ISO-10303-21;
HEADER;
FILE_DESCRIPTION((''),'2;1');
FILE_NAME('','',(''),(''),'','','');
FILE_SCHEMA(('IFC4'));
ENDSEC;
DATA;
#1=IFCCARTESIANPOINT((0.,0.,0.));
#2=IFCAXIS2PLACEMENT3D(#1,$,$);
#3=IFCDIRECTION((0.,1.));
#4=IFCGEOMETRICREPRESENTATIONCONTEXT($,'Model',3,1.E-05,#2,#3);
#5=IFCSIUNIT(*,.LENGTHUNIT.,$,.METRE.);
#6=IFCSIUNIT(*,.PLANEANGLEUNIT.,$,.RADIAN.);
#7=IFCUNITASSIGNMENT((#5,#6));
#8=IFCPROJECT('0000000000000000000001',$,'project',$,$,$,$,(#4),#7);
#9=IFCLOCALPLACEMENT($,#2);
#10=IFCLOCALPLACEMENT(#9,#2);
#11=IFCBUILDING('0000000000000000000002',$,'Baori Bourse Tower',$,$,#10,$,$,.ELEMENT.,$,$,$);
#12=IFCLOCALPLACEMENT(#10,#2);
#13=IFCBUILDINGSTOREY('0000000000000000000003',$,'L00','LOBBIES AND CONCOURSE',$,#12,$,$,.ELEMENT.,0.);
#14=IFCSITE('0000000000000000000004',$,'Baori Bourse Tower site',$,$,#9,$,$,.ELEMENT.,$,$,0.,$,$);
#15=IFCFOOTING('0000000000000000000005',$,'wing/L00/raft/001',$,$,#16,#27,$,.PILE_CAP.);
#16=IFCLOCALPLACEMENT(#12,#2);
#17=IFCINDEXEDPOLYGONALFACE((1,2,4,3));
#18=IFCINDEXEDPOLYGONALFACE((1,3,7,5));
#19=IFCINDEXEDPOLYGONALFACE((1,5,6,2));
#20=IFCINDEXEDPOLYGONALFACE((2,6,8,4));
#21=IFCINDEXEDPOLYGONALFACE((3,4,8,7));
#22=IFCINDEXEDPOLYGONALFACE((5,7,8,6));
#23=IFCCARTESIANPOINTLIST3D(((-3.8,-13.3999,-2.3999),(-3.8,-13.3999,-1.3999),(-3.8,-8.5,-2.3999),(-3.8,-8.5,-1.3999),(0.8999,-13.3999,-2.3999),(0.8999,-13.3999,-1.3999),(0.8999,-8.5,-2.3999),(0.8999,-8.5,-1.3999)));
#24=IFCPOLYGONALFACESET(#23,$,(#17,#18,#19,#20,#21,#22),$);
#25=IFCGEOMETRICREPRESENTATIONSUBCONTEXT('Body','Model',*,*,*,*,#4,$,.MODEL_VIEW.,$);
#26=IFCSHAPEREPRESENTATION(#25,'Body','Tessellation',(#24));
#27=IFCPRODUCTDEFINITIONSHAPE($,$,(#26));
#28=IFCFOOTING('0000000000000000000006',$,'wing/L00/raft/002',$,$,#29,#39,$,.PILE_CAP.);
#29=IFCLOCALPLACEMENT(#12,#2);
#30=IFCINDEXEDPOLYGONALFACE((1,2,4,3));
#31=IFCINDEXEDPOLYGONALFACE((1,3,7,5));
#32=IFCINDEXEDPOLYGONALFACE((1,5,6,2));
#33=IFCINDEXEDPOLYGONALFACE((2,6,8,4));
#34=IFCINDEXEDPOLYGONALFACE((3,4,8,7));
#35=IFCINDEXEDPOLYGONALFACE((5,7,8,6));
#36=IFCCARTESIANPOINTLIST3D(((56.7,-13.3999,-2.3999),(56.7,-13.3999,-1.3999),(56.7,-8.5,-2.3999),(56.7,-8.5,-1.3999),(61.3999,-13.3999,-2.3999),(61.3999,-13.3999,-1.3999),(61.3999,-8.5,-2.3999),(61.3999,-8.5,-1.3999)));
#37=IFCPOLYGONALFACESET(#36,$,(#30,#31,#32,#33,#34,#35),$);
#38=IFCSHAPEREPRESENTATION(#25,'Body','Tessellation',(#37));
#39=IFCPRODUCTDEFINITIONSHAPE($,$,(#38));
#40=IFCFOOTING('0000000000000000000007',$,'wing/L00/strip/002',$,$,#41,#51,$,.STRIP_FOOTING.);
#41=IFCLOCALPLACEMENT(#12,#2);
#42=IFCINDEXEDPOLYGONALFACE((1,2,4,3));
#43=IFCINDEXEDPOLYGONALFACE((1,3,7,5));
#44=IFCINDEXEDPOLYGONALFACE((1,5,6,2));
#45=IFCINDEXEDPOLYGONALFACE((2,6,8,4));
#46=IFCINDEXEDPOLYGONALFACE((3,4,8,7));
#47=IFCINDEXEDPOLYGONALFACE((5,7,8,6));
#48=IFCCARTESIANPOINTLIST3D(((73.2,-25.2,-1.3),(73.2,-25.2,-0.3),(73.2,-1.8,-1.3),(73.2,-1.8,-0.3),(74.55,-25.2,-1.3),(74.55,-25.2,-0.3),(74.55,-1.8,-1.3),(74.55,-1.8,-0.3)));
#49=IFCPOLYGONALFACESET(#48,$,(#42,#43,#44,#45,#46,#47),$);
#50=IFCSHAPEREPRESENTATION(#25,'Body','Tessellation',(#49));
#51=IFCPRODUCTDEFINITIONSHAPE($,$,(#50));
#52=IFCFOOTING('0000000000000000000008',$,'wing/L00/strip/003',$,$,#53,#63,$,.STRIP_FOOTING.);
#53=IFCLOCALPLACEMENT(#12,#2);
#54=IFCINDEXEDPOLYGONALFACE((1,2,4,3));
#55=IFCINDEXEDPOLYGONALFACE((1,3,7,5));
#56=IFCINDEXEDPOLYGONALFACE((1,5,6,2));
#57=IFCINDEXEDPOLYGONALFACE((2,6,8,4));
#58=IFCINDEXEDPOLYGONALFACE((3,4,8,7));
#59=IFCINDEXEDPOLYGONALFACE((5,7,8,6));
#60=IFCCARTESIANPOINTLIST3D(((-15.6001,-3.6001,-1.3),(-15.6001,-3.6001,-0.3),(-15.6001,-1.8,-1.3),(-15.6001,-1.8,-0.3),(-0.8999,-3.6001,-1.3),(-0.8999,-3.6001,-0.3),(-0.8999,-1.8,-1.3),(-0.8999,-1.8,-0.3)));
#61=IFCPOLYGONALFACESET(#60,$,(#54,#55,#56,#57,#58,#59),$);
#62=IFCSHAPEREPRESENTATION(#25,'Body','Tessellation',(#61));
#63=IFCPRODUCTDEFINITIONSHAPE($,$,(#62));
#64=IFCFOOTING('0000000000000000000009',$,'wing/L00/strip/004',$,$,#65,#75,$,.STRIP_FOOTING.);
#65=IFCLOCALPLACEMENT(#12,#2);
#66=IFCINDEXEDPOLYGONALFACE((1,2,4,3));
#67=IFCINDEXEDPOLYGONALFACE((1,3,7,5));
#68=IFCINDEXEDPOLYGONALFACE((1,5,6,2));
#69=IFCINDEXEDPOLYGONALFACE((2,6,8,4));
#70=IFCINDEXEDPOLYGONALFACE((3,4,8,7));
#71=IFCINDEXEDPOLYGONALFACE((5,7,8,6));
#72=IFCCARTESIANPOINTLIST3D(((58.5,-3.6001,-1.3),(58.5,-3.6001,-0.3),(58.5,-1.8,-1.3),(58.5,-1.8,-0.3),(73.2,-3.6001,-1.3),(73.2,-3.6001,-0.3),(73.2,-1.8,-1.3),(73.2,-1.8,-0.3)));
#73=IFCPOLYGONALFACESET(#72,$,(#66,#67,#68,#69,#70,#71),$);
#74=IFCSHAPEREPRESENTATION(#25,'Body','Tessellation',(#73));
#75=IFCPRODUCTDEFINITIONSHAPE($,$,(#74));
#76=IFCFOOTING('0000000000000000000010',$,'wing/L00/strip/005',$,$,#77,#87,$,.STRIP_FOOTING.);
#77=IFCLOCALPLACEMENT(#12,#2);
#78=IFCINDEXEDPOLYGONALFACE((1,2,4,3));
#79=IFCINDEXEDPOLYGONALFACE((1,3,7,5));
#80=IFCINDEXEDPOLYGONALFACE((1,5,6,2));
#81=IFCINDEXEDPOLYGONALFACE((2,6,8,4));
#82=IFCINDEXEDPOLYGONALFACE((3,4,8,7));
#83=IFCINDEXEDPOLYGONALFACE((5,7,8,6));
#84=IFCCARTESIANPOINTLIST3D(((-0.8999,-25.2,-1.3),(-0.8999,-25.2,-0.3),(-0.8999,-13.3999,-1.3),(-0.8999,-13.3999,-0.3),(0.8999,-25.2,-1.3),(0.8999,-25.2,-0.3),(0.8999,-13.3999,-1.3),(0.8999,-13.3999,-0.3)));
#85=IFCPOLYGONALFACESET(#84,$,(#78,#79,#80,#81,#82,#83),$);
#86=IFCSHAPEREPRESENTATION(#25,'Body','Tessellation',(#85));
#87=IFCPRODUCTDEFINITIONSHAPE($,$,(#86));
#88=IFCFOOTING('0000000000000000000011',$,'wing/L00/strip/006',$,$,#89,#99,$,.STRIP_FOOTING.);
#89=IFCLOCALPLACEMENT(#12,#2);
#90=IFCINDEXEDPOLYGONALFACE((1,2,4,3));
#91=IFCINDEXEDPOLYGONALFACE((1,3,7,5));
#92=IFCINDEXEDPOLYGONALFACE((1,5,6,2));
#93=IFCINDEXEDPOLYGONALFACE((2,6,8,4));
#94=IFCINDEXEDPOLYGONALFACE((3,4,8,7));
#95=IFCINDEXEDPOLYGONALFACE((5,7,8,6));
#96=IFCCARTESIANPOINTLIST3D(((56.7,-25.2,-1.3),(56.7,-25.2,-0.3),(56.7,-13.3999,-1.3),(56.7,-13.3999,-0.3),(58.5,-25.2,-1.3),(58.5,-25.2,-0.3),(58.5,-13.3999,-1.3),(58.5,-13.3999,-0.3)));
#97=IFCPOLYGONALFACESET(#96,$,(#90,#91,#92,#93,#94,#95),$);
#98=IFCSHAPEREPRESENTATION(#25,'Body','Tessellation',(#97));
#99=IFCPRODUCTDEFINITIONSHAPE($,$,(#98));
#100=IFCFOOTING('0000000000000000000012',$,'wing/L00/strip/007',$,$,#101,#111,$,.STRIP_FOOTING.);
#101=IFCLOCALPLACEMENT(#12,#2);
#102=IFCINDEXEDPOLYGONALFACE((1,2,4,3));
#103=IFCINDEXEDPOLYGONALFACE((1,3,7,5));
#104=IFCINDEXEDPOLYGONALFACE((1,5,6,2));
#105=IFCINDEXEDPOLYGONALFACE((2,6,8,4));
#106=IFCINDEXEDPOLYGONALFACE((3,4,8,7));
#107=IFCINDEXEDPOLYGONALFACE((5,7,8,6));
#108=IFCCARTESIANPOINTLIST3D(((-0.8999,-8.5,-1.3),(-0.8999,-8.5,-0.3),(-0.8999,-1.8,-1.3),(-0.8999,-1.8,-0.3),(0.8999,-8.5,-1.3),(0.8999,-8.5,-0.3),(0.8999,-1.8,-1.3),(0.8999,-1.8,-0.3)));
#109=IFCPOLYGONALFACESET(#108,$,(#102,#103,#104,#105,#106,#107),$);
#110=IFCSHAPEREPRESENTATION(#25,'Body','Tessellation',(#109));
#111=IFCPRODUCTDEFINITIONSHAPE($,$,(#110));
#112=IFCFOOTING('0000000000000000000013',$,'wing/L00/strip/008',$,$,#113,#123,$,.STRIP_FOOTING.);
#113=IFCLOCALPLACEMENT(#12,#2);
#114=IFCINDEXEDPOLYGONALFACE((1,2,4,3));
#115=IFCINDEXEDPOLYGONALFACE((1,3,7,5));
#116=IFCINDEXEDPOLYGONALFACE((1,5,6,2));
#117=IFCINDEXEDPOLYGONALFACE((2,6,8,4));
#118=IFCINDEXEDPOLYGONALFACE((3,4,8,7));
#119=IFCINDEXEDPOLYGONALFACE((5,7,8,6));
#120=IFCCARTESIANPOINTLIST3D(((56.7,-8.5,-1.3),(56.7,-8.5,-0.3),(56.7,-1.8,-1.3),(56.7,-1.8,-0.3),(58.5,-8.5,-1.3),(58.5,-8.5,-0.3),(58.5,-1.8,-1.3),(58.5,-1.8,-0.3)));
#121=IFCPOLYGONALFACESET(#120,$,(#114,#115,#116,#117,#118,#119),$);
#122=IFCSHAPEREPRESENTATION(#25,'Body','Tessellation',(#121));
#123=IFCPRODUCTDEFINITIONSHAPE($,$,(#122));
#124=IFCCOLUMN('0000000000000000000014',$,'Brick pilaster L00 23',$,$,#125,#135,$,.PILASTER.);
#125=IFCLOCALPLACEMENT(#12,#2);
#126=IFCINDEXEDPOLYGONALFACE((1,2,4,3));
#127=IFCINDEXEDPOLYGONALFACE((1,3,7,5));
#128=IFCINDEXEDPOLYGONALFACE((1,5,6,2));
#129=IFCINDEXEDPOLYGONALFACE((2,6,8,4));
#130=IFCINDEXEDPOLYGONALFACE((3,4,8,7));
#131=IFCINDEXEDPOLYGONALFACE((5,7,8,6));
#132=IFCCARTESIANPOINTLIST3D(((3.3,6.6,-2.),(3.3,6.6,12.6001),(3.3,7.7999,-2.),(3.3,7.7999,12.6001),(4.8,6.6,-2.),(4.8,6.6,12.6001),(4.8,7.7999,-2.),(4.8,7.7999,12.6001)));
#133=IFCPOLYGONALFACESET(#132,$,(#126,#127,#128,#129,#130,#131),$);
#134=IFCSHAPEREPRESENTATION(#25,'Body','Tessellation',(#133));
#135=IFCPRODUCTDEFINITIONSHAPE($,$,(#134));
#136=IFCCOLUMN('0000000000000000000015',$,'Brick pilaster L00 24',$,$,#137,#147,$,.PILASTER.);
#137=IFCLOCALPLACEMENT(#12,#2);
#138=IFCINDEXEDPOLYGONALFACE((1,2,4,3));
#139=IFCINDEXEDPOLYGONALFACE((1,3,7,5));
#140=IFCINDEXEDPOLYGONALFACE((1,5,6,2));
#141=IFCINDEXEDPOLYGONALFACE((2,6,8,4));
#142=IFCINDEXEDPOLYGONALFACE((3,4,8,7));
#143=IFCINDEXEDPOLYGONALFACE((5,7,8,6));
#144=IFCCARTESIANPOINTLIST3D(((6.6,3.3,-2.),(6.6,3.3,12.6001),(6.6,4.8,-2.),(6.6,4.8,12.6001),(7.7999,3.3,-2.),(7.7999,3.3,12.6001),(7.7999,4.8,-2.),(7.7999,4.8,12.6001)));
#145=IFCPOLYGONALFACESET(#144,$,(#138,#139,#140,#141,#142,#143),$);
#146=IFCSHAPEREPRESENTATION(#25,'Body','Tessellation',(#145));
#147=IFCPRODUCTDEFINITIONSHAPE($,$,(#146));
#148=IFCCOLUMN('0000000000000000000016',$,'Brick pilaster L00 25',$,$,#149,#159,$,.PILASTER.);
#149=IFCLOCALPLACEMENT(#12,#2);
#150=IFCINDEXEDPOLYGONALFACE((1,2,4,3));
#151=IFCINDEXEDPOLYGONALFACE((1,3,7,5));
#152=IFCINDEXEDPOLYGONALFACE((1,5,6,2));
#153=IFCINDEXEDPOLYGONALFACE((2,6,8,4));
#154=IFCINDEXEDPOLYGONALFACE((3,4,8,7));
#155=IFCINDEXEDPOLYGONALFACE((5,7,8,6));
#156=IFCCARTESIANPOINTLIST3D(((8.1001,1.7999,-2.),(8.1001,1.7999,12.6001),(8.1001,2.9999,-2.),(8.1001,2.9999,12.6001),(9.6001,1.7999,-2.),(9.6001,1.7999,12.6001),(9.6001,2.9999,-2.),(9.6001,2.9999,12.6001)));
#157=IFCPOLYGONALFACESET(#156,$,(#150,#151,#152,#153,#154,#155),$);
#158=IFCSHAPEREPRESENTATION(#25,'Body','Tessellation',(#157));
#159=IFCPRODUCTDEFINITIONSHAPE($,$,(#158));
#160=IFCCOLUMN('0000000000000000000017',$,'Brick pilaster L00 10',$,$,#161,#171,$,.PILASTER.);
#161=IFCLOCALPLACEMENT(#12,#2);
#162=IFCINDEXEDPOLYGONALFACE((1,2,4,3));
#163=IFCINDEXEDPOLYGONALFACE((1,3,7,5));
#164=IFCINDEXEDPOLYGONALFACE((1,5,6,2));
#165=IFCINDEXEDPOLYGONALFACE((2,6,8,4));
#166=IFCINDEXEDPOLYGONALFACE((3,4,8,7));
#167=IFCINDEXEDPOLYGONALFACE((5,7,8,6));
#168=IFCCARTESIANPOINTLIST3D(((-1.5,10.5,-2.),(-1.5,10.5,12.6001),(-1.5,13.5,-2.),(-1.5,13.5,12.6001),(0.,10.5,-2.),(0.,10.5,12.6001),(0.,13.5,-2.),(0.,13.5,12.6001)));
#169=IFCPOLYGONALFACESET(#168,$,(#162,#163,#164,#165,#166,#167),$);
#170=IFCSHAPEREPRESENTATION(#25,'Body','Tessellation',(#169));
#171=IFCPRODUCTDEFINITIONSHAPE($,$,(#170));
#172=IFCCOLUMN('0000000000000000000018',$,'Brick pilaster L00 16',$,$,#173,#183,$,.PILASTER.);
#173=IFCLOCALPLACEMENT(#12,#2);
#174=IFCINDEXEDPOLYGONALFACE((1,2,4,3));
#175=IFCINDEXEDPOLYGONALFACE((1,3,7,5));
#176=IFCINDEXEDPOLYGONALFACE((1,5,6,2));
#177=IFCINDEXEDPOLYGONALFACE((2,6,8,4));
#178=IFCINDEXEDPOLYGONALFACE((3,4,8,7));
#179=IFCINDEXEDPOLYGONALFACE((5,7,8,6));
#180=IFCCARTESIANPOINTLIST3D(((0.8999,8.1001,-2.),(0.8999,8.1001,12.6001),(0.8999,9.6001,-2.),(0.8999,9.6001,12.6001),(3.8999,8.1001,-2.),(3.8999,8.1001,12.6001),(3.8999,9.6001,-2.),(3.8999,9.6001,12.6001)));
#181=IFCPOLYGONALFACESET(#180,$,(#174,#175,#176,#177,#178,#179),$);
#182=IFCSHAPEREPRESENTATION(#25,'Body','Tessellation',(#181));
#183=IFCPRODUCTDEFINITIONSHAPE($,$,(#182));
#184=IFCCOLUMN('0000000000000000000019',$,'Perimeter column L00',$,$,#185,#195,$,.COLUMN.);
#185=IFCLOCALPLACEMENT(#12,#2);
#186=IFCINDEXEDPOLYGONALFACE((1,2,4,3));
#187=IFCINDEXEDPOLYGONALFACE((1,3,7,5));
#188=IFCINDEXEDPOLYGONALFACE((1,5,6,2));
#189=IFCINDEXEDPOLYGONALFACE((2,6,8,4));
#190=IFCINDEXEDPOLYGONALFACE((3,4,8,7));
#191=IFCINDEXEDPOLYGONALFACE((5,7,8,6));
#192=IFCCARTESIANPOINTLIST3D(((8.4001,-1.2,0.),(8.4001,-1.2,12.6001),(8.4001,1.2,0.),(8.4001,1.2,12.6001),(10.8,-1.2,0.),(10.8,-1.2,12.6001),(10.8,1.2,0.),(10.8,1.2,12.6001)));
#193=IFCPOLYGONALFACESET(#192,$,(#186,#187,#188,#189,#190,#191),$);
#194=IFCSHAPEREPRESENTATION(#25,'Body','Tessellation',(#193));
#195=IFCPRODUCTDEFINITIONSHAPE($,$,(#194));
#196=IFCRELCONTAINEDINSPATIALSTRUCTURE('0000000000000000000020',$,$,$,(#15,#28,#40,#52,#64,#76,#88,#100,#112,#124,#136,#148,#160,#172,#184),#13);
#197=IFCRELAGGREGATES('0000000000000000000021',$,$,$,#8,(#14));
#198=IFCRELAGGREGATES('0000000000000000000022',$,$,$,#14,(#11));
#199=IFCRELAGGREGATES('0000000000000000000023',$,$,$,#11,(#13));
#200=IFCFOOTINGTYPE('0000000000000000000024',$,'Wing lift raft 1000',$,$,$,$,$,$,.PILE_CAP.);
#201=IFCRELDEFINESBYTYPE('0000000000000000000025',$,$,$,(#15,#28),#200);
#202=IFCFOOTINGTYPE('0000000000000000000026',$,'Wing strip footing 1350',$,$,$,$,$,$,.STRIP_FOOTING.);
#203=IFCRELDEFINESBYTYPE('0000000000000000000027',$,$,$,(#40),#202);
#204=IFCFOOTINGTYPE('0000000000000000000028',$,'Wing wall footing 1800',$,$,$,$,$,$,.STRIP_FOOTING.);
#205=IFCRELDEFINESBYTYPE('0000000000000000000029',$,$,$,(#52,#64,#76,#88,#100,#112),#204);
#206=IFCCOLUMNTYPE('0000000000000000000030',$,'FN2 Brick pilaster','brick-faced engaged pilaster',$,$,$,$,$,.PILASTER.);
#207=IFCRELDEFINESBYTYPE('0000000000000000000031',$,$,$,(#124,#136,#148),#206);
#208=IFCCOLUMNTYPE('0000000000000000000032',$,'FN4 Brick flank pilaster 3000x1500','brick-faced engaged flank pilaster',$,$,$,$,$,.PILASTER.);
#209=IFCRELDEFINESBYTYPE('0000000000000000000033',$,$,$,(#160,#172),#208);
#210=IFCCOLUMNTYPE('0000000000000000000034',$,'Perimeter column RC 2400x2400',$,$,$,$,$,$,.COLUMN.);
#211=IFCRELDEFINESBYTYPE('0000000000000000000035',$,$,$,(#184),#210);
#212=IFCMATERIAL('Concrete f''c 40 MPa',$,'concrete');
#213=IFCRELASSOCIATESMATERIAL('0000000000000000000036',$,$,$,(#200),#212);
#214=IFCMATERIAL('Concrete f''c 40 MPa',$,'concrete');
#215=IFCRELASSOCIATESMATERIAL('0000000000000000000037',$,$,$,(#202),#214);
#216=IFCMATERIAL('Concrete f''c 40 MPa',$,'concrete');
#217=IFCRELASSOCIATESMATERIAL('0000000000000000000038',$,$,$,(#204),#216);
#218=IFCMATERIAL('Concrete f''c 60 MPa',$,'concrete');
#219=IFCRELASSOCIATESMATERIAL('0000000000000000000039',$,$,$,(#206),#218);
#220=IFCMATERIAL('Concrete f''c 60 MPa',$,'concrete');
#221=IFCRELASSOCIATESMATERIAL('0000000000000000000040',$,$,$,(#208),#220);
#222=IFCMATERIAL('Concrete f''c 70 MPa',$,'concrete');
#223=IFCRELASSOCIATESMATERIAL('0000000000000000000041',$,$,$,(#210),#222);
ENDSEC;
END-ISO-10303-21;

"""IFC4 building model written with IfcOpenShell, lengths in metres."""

from ifc_helpers import new_model, si_unit, direction, frame, origin, origin_2d, place, context, subcontext, project, spatial, polyline, rectangle, outline, extrude, material, material_profile, profile_set, type_object, element, save


model = new_model("IFC4")

# Units and contexts
model_context = context("Model", 3, precision=1e-05, world=origin(), true_north=direction((0.0, 1.0)))
body_context = subcontext(model_context, "Body", "Model", "MODEL_VIEW")
ifc_project = project(units=[si_unit("LENGTHUNIT", "METRE"), si_unit("PLANEANGLEUNIT", "RADIAN")], contexts=[model_context])

# Site, building, storey
site_placement = place(None, origin())
site = spatial("IfcSite", under=ifc_project, at=site_placement, Name="Baori Bourse Tower site", CompositionType="ELEMENT", RefElevation=0.0)
building_placement = place(site_placement, origin())
building = spatial("IfcBuilding", under=site, at=building_placement, Name="Baori Bourse Tower", CompositionType="ELEMENT")
storey_placement = place(building_placement, origin())
storey = spatial("IfcBuildingStorey", under=building, at=storey_placement, Name="L00", Description="LOBBIES AND CONCOURSE", CompositionType="ELEMENT", Elevation=0.0)

# Footings
ifc_material_1 = material(Name="Concrete f'c 40 MPa", Category="concrete")
footing_type_1 = type_object("IfcFootingType", Name="Wing lift raft 1000", PredefinedType="PILE_CAP", material=ifc_material_1)
footing_1_placement = place(storey_placement, frame((0.0, 0.0, -2.3999)))
element("IfcFooting", 1, at=footing_1_placement, inside=storey, type_object=footing_type_1, Name="wing/L00/raft/001", PredefinedType="PILE_CAP", context=body_context, shape_type="SweptSolid", body=[
    extrude(outline(polyline([(-3.8, -13.3999), (0.8999, -13.3999), (0.8999, -8.5), (-3.8, -8.5), (-3.8, -13.3999)])), origin(), (0.0, 0.0, 1.0), 1.0),
])
footing_2_placement = place(storey_placement, frame((0.0, 0.0, -2.3999)))
element("IfcFooting", 2, at=footing_2_placement, inside=storey, type_object=footing_type_1, Name="wing/L00/raft/002", PredefinedType="PILE_CAP", context=body_context, shape_type="SweptSolid", body=[
    extrude(outline(polyline([(56.7, -13.3999), (61.3999, -13.3999), (61.3999, -8.5), (56.7, -8.5), (56.7, -13.3999)])), origin(), (0.0, 0.0, 1.0), 1.0),
])
ifc_material_2 = material(Name="Concrete f'c 40 MPa", Category="concrete")
footing_type_2 = type_object("IfcFootingType", Name="Wing strip footing 1350", PredefinedType="STRIP_FOOTING", material=ifc_material_2)
footing_3_placement = place(storey_placement, frame((0.0, 0.0, -1.3)))
element("IfcFooting", 3, at=footing_3_placement, inside=storey, type_object=footing_type_2, Name="wing/L00/strip/002", PredefinedType="STRIP_FOOTING", context=body_context, shape_type="SweptSolid", body=[
    extrude(outline(polyline([(73.2, -25.2), (74.55, -25.2), (74.55, -1.8), (73.2, -1.8), (73.2, -25.2)])), origin(), (0.0, 0.0, 1.0), 1.0),
])
ifc_material_3 = material(Name="Concrete f'c 40 MPa", Category="concrete")
footing_type_3 = type_object("IfcFootingType", Name="Wing wall footing 1800", PredefinedType="STRIP_FOOTING", material=ifc_material_3)
footing_4_placement = place(storey_placement, frame((0.0, 0.0, -1.3)))
element("IfcFooting", 4, at=footing_4_placement, inside=storey, type_object=footing_type_3, Name="wing/L00/strip/003", PredefinedType="STRIP_FOOTING", context=body_context, shape_type="SweptSolid", body=[
    extrude(outline(polyline([(-15.6001, -3.6001), (-0.8999, -3.6001), (-0.8999, -1.8), (-15.6001, -1.8), (-15.6001, -3.6001)])), origin(), (0.0, 0.0, 1.0), 1.0),
])
footing_5_placement = place(storey_placement, frame((0.0, 0.0, -1.3)))
element("IfcFooting", 5, at=footing_5_placement, inside=storey, type_object=footing_type_3, Name="wing/L00/strip/004", PredefinedType="STRIP_FOOTING", context=body_context, shape_type="SweptSolid", body=[
    extrude(outline(polyline([(58.5, -3.6001), (73.2, -3.6001), (73.2, -1.8), (58.5, -1.8), (58.5, -3.6001)])), origin(), (0.0, 0.0, 1.0), 1.0),
])
footing_6_placement = place(storey_placement, frame((0.0, 0.0, -1.3)))
element("IfcFooting", 6, at=footing_6_placement, inside=storey, type_object=footing_type_3, Name="wing/L00/strip/005", PredefinedType="STRIP_FOOTING", context=body_context, shape_type="SweptSolid", body=[
    extrude(outline(polyline([(-0.8999, -25.2), (0.8999, -25.2), (0.8999, -13.3999), (-0.8999, -13.3999), (-0.8999, -25.2)])), origin(), (0.0, 0.0, 1.0), 1.0),
])
footing_7_placement = place(storey_placement, frame((0.0, 0.0, -1.3)))
element("IfcFooting", 7, at=footing_7_placement, inside=storey, type_object=footing_type_3, Name="wing/L00/strip/006", PredefinedType="STRIP_FOOTING", context=body_context, shape_type="SweptSolid", body=[
    extrude(outline(polyline([(56.7, -25.2), (58.5, -25.2), (58.5, -13.3999), (56.7, -13.3999), (56.7, -25.2)])), origin(), (0.0, 0.0, 1.0), 1.0),
])
footing_8_placement = place(storey_placement, frame((0.0, 0.0, -1.3)))
element("IfcFooting", 8, at=footing_8_placement, inside=storey, type_object=footing_type_3, Name="wing/L00/strip/007", PredefinedType="STRIP_FOOTING", context=body_context, shape_type="SweptSolid", body=[
    extrude(outline(polyline([(-0.8999, -8.5), (0.8999, -8.5), (0.8999, -1.8), (-0.8999, -1.8), (-0.8999, -8.5)])), origin(), (0.0, 0.0, 1.0), 1.0),
])
footing_9_placement = place(storey_placement, frame((0.0, 0.0, -1.3)))
element("IfcFooting", 9, at=footing_9_placement, inside=storey, type_object=footing_type_3, Name="wing/L00/strip/008", PredefinedType="STRIP_FOOTING", context=body_context, shape_type="SweptSolid", body=[
    extrude(outline(polyline([(56.7, -8.5), (58.5, -8.5), (58.5, -1.8), (56.7, -1.8), (56.7, -8.5)])), origin(), (0.0, 0.0, 1.0), 1.0),
])

# Columns
ifc_material_4 = material(Name="Concrete f'c 60 MPa", Category="concrete")
ifc_material_profile_1 = material_profile(ifc_material_4, rectangle(XDim=1.2, YDim=1.5, at=origin_2d()), Name="RC 1200x1500")
ifc_profile_set_1 = profile_set([ifc_material_profile_1], Name="Concrete f'c 60 MPa")
column_type_1 = type_object("IfcColumnType", Name="FN2 Brick pilaster", Description="brick-faced engaged pilaster", PredefinedType="PILASTER", material=ifc_profile_set_1)
for number, where, z_axis, x_axis, name in (
    (10, (4.05, 7.2, -2.0), (0.0, 0.0, 1.0), (0.0, 1.0, 0.0), "Brick pilaster L00 23"),
    (11, (7.2, 4.05, -2.0), (0.0, 0.0, 1.0), (1.0, 0.0, 0.0), "Brick pilaster L00 24"),
    (12, (8.8501, 2.3999, -2.0), (0.0, 0.0, 1.0), (0.0, 1.0, 0.0), "Brick pilaster L00 25"),
):
    element("IfcColumn", number, at=place(storey_placement, frame(where, z_axis=z_axis, x_axis=x_axis)), inside=storey, type_object=column_type_1, Name=name, PredefinedType="PILASTER", context=body_context, shape_type="SweptSolid", body=[
        extrude(rectangle(XDim=1.2, YDim=1.5, at=origin_2d()), origin(), (0.0, 0.0, 1.0), 14.6001),
    ])
ifc_material_5 = material(Name="Concrete f'c 60 MPa", Category="concrete")
ifc_material_profile_2 = material_profile(ifc_material_5, rectangle(XDim=3.0, YDim=1.5, at=origin_2d()), Name="RC 3000x1500")
ifc_profile_set_2 = profile_set([ifc_material_profile_2], Name="Concrete f'c 60 MPa")
column_type_2 = type_object("IfcColumnType", Name="FN4 Brick flank pilaster 3000x1500", Description="brick-faced engaged flank pilaster", PredefinedType="PILASTER", material=ifc_profile_set_2)
for number, where, z_axis, x_axis, name in (
    (13, (-0.75, 12.0, -2.0), (0.0, 0.0, 1.0), (0.0, 1.0, 0.0), "Brick pilaster L00 10"),
    (14, (2.3999, 8.8501, -2.0), (0.0, 0.0, 1.0), (1.0, 0.0, 0.0), "Brick pilaster L00 16"),
):
    element("IfcColumn", number, at=place(storey_placement, frame(where, z_axis=z_axis, x_axis=x_axis)), inside=storey, type_object=column_type_2, Name=name, PredefinedType="PILASTER", context=body_context, shape_type="SweptSolid", body=[
        extrude(rectangle(XDim=3.0, YDim=1.5, at=origin_2d()), origin(), (0.0, 0.0, 1.0), 14.6001),
    ])
ifc_material_6 = material(Name="Concrete f'c 70 MPa", Category="concrete")
ifc_material_profile_3 = material_profile(ifc_material_6, rectangle(XDim=2.3999, YDim=2.3999, at=origin_2d()), Name="RC 2400x2400")
ifc_profile_set_3 = profile_set([ifc_material_profile_3], Name="Concrete f'c 70 MPa")
column_type_3 = type_object("IfcColumnType", Name="Perimeter column RC 2400x2400", PredefinedType="COLUMN", material=ifc_profile_set_3)
for number, where, z_axis, x_axis, name in (
    (15, (9.6001, 0.0, 0.0), (0.0, 0.0, 1.0), (1.0, 0.0, 0.0), "Perimeter column L00"),
):
    element("IfcColumn", number, at=place(storey_placement, frame(where, z_axis=z_axis, x_axis=x_axis)), inside=storey, type_object=column_type_3, Name=name, PredefinedType="COLUMN", context=body_context, shape_type="SweptSolid", body=[
        extrude(rectangle(XDim=2.3999, YDim=2.3999, at=origin_2d()), origin(), (0.0, 0.0, 1.0), 12.6001),
    ])

save(model, "model.ifc")
